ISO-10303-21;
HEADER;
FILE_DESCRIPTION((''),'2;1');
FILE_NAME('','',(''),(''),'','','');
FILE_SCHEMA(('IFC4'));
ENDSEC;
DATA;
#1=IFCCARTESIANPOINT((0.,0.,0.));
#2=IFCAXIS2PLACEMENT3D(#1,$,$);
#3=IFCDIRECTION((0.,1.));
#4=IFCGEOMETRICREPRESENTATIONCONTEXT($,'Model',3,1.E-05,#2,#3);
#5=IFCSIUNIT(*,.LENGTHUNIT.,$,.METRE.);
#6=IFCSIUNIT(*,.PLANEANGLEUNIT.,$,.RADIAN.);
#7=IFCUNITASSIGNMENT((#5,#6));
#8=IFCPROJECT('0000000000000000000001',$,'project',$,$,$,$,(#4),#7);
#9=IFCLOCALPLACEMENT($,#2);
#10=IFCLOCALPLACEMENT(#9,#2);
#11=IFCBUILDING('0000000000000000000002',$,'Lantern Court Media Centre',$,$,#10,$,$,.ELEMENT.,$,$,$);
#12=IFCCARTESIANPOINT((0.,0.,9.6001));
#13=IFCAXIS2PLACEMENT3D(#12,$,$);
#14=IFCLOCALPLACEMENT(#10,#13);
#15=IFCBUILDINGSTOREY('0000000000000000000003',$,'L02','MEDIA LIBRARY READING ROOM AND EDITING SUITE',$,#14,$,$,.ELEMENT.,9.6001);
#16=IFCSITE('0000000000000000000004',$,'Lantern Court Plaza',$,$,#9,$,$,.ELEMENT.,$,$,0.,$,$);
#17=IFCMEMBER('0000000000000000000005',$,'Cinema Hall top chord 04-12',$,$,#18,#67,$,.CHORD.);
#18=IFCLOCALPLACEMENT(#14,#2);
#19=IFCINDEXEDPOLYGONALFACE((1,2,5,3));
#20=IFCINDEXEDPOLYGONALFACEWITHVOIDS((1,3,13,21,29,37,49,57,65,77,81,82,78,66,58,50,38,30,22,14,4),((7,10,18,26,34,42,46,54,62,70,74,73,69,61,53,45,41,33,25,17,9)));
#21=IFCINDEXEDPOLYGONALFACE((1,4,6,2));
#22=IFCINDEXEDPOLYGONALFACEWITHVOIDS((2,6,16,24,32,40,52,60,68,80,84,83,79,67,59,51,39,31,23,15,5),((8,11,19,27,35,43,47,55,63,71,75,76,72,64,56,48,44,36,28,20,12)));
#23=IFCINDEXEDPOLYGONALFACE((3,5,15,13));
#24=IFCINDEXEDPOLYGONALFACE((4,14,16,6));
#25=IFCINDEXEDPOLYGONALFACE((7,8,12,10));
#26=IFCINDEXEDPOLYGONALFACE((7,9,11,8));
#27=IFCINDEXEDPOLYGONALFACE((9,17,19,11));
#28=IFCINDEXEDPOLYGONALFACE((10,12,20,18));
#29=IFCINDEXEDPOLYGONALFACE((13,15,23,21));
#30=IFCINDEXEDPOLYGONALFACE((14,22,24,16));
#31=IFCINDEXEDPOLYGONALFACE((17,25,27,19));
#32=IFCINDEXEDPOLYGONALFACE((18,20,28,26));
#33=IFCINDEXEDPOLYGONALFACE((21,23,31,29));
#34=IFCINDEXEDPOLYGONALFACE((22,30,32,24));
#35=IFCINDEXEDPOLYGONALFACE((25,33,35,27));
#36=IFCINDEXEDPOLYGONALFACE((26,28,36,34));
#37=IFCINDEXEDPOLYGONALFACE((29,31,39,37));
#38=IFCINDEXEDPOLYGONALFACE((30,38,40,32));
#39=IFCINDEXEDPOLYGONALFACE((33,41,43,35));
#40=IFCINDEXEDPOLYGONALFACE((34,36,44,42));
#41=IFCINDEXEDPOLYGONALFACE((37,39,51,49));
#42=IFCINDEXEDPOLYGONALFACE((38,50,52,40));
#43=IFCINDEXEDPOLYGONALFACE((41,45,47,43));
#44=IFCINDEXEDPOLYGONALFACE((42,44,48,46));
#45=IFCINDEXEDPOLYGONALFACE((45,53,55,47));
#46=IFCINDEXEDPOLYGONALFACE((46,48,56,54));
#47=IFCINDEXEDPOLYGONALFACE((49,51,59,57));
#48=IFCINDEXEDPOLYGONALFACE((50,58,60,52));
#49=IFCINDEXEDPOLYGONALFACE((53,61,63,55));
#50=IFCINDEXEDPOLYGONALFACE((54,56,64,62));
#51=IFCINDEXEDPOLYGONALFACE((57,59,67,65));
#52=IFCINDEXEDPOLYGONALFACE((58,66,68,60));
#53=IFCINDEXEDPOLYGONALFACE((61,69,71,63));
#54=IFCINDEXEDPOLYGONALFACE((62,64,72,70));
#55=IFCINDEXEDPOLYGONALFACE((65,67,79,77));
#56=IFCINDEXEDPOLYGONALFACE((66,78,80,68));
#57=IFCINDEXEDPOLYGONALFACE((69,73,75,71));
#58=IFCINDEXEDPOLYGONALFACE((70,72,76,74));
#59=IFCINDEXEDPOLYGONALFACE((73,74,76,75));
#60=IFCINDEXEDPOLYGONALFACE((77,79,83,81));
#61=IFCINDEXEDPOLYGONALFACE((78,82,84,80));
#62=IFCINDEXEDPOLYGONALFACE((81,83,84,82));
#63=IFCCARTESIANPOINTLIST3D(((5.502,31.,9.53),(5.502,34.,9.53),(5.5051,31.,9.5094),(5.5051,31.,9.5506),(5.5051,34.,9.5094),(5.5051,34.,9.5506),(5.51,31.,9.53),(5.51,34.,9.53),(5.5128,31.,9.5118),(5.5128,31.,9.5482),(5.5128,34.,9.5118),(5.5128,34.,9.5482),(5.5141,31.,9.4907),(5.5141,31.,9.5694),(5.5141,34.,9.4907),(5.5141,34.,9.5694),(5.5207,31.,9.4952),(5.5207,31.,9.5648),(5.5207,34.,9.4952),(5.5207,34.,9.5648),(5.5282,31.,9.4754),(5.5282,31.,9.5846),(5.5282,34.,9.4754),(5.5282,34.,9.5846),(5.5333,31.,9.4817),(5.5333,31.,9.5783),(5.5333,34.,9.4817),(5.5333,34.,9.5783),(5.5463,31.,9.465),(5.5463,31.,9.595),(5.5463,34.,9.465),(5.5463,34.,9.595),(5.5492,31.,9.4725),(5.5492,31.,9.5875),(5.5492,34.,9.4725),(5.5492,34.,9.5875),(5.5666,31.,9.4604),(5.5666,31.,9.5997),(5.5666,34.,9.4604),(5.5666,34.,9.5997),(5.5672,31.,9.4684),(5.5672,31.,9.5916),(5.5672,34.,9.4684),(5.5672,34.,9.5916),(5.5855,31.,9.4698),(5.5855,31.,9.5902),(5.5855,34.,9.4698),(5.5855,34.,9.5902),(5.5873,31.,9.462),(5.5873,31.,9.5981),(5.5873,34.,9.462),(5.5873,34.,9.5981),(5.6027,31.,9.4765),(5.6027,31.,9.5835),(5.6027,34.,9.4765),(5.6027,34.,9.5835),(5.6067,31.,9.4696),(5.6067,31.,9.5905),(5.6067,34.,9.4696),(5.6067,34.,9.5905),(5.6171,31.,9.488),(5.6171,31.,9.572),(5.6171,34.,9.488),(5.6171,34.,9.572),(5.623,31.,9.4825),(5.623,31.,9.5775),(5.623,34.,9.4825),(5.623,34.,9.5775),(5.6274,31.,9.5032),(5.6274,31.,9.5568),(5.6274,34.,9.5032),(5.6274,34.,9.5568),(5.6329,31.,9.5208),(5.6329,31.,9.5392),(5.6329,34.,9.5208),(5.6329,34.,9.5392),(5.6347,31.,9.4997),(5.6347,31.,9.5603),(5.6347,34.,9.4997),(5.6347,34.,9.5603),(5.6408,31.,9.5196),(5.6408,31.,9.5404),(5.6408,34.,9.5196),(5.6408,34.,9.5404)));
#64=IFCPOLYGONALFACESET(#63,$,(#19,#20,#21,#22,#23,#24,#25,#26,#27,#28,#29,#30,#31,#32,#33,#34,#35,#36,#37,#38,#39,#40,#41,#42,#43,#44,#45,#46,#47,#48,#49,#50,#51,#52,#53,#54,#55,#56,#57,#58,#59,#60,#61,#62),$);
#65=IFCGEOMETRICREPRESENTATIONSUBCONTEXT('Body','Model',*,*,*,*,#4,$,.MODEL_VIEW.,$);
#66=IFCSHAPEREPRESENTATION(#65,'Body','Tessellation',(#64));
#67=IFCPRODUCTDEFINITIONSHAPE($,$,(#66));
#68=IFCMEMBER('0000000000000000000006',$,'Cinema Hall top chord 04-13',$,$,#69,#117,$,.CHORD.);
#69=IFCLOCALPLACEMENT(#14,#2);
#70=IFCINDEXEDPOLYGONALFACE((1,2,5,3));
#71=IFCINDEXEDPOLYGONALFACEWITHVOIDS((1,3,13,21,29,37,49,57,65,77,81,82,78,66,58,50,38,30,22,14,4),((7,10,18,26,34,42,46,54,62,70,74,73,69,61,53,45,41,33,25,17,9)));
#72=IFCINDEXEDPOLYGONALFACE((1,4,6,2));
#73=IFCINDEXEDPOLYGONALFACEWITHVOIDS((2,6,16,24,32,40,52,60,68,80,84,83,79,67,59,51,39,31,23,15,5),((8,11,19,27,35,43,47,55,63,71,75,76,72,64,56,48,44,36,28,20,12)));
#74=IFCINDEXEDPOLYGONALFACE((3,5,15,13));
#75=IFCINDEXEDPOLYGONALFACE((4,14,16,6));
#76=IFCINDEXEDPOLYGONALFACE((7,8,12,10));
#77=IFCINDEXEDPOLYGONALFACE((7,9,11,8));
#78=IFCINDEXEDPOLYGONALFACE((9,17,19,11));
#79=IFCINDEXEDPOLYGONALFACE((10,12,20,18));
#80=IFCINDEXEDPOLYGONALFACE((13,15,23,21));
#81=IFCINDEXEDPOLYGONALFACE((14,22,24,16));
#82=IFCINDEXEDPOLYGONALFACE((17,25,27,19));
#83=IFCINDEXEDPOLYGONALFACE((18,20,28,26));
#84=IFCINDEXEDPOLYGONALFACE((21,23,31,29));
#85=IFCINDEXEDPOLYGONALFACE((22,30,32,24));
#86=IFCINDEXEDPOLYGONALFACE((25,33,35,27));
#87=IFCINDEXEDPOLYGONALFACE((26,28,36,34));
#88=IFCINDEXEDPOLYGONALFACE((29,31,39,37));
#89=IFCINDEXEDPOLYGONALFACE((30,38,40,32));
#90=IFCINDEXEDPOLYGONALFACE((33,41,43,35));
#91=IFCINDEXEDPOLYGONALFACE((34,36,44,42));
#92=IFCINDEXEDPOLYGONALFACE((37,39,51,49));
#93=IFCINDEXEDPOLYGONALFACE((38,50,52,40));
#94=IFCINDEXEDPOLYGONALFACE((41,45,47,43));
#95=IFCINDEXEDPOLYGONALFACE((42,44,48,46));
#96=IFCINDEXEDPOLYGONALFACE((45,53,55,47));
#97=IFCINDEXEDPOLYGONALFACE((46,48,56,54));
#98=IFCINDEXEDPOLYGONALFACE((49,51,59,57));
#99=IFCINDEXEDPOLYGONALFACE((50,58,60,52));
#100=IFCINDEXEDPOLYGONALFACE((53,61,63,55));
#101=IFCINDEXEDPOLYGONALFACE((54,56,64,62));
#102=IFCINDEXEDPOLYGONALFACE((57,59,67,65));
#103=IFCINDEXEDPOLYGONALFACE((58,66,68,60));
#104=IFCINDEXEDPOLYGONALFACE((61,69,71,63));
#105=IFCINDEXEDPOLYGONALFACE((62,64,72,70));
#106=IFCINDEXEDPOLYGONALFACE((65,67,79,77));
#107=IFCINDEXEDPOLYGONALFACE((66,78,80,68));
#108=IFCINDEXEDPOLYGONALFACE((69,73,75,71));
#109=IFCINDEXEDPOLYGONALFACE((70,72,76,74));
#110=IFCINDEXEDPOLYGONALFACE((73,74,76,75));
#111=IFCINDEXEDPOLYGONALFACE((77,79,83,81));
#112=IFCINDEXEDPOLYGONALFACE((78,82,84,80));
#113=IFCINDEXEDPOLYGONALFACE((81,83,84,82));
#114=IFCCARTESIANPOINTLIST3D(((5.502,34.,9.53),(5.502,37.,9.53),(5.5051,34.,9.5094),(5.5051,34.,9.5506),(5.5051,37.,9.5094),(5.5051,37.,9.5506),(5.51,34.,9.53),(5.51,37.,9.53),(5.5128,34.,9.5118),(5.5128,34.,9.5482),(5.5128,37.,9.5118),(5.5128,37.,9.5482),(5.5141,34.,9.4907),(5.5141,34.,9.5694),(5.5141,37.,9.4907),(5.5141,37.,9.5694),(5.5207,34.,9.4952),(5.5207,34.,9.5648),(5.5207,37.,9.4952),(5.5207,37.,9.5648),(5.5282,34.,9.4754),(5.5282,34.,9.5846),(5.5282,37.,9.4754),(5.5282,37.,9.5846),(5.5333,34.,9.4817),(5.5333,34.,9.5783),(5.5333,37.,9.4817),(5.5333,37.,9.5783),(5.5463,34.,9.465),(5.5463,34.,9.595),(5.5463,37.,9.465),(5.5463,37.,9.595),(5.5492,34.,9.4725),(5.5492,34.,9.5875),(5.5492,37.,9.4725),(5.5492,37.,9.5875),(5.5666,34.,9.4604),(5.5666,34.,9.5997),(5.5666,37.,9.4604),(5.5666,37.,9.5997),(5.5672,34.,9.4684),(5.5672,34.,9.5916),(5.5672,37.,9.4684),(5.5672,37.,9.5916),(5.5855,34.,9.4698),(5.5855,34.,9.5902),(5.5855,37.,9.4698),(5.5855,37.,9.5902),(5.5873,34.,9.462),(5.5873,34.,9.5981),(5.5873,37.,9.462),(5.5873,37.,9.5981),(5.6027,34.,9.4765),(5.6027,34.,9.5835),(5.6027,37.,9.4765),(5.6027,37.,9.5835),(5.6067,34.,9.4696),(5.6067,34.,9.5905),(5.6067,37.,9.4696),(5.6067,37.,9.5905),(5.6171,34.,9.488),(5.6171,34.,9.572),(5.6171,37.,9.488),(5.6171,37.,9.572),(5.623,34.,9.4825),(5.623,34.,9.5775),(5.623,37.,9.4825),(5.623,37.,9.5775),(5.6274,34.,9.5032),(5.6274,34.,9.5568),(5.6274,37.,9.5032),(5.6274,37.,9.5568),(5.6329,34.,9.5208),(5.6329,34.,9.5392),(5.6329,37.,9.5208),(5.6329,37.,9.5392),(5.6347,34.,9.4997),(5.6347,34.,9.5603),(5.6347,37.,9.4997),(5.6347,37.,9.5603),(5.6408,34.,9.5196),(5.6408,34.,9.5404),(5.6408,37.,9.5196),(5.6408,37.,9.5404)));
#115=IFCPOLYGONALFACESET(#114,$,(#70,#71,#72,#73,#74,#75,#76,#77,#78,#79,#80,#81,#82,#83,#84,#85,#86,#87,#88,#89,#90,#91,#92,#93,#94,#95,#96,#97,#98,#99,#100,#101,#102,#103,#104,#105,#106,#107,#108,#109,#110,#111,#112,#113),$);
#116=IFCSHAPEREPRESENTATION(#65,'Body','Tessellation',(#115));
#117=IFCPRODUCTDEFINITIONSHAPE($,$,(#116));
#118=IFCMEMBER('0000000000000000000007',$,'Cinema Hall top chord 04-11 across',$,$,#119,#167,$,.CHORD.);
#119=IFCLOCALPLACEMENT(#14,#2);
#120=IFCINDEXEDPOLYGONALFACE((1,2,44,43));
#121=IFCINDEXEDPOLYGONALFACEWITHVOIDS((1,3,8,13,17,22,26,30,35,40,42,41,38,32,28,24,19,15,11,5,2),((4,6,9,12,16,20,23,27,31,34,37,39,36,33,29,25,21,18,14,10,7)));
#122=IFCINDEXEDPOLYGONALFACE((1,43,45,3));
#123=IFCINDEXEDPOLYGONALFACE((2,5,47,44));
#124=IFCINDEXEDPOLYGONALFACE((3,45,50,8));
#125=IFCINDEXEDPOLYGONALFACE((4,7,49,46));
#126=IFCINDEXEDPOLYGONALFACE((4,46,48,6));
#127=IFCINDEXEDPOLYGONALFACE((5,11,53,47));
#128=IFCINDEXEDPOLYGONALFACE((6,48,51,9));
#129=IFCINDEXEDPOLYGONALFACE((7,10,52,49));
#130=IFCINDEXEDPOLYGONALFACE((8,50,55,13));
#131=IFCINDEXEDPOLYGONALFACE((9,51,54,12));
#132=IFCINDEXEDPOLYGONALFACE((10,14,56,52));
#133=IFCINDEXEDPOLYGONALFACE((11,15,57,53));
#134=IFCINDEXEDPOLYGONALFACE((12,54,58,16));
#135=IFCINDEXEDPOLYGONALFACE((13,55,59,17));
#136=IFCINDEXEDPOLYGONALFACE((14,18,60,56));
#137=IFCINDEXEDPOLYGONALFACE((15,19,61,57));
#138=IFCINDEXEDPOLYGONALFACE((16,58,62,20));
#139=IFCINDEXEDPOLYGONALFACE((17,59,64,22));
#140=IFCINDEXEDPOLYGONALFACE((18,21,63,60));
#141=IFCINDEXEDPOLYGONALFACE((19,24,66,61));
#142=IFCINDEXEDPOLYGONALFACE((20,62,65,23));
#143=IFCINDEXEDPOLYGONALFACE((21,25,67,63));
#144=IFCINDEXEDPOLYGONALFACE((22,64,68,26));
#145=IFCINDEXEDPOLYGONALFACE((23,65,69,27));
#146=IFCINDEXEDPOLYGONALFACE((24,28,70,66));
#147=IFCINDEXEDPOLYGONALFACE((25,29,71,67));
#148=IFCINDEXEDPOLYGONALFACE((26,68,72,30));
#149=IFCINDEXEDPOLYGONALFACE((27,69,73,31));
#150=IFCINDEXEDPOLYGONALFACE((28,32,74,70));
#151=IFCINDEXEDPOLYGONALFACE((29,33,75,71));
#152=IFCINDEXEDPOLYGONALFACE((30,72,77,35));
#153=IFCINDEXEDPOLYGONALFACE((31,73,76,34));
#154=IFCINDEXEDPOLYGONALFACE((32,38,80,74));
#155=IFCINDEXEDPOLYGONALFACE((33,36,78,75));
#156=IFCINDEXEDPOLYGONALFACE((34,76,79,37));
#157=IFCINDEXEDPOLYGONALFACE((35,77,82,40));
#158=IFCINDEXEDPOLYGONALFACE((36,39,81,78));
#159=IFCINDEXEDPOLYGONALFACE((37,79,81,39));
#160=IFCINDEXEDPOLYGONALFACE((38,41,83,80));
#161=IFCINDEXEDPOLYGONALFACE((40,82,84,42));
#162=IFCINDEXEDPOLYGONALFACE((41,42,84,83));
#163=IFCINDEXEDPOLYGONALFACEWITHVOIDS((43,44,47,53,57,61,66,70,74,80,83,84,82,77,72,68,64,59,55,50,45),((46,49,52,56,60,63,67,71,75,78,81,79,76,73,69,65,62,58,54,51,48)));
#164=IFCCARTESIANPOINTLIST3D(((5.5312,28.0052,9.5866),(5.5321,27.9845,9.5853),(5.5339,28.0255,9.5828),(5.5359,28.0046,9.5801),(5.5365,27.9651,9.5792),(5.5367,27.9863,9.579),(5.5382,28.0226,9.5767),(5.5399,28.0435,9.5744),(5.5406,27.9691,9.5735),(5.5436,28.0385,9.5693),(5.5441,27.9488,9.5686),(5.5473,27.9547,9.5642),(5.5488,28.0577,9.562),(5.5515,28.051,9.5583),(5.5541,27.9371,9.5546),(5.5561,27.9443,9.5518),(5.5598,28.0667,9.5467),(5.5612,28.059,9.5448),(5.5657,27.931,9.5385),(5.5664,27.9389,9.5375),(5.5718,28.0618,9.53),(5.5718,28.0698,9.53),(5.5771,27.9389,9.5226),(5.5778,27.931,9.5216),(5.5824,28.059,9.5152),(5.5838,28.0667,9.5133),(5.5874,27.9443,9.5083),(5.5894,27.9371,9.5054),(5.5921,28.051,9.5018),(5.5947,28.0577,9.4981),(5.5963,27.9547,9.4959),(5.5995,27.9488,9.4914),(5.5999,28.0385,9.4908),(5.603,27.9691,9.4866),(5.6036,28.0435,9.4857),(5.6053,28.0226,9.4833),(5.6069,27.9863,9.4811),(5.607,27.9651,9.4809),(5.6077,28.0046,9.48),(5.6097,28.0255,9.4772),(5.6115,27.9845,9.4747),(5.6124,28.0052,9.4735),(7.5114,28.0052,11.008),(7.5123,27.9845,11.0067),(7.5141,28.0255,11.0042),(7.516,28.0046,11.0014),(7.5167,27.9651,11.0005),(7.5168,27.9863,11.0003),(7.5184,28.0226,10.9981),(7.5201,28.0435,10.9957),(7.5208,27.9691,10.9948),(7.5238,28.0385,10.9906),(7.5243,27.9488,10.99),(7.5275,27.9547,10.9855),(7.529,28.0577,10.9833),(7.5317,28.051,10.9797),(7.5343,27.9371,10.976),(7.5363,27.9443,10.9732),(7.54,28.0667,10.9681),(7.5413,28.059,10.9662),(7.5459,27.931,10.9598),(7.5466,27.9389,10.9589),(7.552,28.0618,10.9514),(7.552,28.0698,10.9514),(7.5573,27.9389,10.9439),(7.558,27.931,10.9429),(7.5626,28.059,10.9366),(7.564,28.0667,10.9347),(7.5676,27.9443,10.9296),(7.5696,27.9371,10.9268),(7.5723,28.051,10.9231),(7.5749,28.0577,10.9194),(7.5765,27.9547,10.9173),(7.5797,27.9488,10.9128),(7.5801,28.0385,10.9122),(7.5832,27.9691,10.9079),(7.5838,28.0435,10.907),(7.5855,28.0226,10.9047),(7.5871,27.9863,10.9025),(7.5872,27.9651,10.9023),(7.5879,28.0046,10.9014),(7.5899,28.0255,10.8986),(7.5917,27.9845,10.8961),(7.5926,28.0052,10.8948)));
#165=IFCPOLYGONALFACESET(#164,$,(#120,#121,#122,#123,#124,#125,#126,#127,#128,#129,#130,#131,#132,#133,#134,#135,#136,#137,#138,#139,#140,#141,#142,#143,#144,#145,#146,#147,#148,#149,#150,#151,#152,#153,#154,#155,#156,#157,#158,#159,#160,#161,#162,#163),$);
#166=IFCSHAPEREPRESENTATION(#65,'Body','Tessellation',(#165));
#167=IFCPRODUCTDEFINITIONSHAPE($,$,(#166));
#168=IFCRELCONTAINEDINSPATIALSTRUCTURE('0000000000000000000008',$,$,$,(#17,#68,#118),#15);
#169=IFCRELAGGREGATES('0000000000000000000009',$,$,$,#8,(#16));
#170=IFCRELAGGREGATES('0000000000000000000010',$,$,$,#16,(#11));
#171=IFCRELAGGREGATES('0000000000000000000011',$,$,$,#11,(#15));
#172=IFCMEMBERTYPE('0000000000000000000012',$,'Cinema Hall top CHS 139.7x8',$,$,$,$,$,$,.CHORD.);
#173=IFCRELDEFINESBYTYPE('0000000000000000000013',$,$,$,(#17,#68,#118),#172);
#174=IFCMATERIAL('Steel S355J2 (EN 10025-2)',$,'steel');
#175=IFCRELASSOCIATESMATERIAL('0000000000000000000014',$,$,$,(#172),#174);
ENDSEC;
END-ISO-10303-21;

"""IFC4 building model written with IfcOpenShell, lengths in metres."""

from ifc_helpers import new_model, si_unit, direction, frame, origin, origin_2d, place, context, subcontext, project, spatial, hollow_circle, extrude, material, material_profile, profile_set, type_object, element, save


model = new_model("IFC4")

# Units and contexts
model_context = context("Model", 3, precision=1e-05, world=origin(), true_north=direction((0.0, 1.0)))
body_context = subcontext(model_context, "Body", "Model", "MODEL_VIEW")
ifc_project = project(units=[si_unit("LENGTHUNIT", "METRE"), si_unit("PLANEANGLEUNIT", "RADIAN")], contexts=[model_context])

# Site, building, storey
site_placement = place(None, origin())
site = spatial("IfcSite", under=ifc_project, at=site_placement, Name="Lantern Court Plaza", CompositionType="ELEMENT", RefElevation=0.0)
building_placement = place(site_placement, origin())
building = spatial("IfcBuilding", under=site, at=building_placement, Name="Lantern Court Media Centre", CompositionType="ELEMENT")
storey_placement = place(building_placement, frame((0.0, 0.0, 9.6001)))
storey = spatial("IfcBuildingStorey", under=building, at=storey_placement, Name="L02", Description="MEDIA LIBRARY READING ROOM AND EDITING SUITE", CompositionType="ELEMENT", Elevation=9.6001)

# Members
ifc_material = material(Name="Steel S355J2 (EN 10025-2)", Category="steel")
ifc_material_profile_1 = material_profile(ifc_material, hollow_circle(Radius=0.0698, WallThickness=0.0081, at=origin_2d()), Name="Cinema Hall top CHS 139.7x8")
ifc_profile_set_1 = profile_set([ifc_material_profile_1], Name="Steel S355J2 (EN 10025-2)")
member_type_1 = type_object("IfcMemberType", Name="Cinema Hall top CHS 139.7x8", PredefinedType="CHORD", material=ifc_profile_set_1)
for number, where, z_axis, x_axis, name in (
    (1, (5.5718, 31.0, 9.53), (0.0, 1.0, 0.0), (-1.0, 0.0, 0.0), "Cinema Hall top chord 04-12"),
    (2, (5.5718, 34.0, 9.53), (0.0, 1.0, 0.0), (-1.0, 0.0, 0.0), "Cinema Hall top chord 04-13"),
):
    element("IfcMember", number, at=place(storey_placement, frame(where, z_axis=z_axis, x_axis=x_axis)), inside=storey, type_object=member_type_1, Name=name, PredefinedType="CHORD", context=body_context, shape_type="SweptSolid", body=[
        extrude(hollow_circle(Radius=0.0698, WallThickness=0.0081, at=origin_2d()), origin(), (0.0, 0.0, 1.0), 3.0),
    ])
for number, where, z_axis, x_axis, name in (
    (3, (5.5718, 28.0, 9.53), (0.812385, 0.0, 0.583122), (0.0, 1.0, 0.0), "Cinema Hall top chord 04-11 across"),
):
    element("IfcMember", number, at=place(storey_placement, frame(where, z_axis=z_axis, x_axis=x_axis)), inside=storey, type_object=member_type_1, Name=name, PredefinedType="CHORD", context=body_context, shape_type="SweptSolid", body=[
        extrude(hollow_circle(Radius=0.0698, WallThickness=0.0081, at=origin_2d()), origin(), (0.0, 0.0, 1.0), 2.4375),
    ])

save(model, "model.ifc")
